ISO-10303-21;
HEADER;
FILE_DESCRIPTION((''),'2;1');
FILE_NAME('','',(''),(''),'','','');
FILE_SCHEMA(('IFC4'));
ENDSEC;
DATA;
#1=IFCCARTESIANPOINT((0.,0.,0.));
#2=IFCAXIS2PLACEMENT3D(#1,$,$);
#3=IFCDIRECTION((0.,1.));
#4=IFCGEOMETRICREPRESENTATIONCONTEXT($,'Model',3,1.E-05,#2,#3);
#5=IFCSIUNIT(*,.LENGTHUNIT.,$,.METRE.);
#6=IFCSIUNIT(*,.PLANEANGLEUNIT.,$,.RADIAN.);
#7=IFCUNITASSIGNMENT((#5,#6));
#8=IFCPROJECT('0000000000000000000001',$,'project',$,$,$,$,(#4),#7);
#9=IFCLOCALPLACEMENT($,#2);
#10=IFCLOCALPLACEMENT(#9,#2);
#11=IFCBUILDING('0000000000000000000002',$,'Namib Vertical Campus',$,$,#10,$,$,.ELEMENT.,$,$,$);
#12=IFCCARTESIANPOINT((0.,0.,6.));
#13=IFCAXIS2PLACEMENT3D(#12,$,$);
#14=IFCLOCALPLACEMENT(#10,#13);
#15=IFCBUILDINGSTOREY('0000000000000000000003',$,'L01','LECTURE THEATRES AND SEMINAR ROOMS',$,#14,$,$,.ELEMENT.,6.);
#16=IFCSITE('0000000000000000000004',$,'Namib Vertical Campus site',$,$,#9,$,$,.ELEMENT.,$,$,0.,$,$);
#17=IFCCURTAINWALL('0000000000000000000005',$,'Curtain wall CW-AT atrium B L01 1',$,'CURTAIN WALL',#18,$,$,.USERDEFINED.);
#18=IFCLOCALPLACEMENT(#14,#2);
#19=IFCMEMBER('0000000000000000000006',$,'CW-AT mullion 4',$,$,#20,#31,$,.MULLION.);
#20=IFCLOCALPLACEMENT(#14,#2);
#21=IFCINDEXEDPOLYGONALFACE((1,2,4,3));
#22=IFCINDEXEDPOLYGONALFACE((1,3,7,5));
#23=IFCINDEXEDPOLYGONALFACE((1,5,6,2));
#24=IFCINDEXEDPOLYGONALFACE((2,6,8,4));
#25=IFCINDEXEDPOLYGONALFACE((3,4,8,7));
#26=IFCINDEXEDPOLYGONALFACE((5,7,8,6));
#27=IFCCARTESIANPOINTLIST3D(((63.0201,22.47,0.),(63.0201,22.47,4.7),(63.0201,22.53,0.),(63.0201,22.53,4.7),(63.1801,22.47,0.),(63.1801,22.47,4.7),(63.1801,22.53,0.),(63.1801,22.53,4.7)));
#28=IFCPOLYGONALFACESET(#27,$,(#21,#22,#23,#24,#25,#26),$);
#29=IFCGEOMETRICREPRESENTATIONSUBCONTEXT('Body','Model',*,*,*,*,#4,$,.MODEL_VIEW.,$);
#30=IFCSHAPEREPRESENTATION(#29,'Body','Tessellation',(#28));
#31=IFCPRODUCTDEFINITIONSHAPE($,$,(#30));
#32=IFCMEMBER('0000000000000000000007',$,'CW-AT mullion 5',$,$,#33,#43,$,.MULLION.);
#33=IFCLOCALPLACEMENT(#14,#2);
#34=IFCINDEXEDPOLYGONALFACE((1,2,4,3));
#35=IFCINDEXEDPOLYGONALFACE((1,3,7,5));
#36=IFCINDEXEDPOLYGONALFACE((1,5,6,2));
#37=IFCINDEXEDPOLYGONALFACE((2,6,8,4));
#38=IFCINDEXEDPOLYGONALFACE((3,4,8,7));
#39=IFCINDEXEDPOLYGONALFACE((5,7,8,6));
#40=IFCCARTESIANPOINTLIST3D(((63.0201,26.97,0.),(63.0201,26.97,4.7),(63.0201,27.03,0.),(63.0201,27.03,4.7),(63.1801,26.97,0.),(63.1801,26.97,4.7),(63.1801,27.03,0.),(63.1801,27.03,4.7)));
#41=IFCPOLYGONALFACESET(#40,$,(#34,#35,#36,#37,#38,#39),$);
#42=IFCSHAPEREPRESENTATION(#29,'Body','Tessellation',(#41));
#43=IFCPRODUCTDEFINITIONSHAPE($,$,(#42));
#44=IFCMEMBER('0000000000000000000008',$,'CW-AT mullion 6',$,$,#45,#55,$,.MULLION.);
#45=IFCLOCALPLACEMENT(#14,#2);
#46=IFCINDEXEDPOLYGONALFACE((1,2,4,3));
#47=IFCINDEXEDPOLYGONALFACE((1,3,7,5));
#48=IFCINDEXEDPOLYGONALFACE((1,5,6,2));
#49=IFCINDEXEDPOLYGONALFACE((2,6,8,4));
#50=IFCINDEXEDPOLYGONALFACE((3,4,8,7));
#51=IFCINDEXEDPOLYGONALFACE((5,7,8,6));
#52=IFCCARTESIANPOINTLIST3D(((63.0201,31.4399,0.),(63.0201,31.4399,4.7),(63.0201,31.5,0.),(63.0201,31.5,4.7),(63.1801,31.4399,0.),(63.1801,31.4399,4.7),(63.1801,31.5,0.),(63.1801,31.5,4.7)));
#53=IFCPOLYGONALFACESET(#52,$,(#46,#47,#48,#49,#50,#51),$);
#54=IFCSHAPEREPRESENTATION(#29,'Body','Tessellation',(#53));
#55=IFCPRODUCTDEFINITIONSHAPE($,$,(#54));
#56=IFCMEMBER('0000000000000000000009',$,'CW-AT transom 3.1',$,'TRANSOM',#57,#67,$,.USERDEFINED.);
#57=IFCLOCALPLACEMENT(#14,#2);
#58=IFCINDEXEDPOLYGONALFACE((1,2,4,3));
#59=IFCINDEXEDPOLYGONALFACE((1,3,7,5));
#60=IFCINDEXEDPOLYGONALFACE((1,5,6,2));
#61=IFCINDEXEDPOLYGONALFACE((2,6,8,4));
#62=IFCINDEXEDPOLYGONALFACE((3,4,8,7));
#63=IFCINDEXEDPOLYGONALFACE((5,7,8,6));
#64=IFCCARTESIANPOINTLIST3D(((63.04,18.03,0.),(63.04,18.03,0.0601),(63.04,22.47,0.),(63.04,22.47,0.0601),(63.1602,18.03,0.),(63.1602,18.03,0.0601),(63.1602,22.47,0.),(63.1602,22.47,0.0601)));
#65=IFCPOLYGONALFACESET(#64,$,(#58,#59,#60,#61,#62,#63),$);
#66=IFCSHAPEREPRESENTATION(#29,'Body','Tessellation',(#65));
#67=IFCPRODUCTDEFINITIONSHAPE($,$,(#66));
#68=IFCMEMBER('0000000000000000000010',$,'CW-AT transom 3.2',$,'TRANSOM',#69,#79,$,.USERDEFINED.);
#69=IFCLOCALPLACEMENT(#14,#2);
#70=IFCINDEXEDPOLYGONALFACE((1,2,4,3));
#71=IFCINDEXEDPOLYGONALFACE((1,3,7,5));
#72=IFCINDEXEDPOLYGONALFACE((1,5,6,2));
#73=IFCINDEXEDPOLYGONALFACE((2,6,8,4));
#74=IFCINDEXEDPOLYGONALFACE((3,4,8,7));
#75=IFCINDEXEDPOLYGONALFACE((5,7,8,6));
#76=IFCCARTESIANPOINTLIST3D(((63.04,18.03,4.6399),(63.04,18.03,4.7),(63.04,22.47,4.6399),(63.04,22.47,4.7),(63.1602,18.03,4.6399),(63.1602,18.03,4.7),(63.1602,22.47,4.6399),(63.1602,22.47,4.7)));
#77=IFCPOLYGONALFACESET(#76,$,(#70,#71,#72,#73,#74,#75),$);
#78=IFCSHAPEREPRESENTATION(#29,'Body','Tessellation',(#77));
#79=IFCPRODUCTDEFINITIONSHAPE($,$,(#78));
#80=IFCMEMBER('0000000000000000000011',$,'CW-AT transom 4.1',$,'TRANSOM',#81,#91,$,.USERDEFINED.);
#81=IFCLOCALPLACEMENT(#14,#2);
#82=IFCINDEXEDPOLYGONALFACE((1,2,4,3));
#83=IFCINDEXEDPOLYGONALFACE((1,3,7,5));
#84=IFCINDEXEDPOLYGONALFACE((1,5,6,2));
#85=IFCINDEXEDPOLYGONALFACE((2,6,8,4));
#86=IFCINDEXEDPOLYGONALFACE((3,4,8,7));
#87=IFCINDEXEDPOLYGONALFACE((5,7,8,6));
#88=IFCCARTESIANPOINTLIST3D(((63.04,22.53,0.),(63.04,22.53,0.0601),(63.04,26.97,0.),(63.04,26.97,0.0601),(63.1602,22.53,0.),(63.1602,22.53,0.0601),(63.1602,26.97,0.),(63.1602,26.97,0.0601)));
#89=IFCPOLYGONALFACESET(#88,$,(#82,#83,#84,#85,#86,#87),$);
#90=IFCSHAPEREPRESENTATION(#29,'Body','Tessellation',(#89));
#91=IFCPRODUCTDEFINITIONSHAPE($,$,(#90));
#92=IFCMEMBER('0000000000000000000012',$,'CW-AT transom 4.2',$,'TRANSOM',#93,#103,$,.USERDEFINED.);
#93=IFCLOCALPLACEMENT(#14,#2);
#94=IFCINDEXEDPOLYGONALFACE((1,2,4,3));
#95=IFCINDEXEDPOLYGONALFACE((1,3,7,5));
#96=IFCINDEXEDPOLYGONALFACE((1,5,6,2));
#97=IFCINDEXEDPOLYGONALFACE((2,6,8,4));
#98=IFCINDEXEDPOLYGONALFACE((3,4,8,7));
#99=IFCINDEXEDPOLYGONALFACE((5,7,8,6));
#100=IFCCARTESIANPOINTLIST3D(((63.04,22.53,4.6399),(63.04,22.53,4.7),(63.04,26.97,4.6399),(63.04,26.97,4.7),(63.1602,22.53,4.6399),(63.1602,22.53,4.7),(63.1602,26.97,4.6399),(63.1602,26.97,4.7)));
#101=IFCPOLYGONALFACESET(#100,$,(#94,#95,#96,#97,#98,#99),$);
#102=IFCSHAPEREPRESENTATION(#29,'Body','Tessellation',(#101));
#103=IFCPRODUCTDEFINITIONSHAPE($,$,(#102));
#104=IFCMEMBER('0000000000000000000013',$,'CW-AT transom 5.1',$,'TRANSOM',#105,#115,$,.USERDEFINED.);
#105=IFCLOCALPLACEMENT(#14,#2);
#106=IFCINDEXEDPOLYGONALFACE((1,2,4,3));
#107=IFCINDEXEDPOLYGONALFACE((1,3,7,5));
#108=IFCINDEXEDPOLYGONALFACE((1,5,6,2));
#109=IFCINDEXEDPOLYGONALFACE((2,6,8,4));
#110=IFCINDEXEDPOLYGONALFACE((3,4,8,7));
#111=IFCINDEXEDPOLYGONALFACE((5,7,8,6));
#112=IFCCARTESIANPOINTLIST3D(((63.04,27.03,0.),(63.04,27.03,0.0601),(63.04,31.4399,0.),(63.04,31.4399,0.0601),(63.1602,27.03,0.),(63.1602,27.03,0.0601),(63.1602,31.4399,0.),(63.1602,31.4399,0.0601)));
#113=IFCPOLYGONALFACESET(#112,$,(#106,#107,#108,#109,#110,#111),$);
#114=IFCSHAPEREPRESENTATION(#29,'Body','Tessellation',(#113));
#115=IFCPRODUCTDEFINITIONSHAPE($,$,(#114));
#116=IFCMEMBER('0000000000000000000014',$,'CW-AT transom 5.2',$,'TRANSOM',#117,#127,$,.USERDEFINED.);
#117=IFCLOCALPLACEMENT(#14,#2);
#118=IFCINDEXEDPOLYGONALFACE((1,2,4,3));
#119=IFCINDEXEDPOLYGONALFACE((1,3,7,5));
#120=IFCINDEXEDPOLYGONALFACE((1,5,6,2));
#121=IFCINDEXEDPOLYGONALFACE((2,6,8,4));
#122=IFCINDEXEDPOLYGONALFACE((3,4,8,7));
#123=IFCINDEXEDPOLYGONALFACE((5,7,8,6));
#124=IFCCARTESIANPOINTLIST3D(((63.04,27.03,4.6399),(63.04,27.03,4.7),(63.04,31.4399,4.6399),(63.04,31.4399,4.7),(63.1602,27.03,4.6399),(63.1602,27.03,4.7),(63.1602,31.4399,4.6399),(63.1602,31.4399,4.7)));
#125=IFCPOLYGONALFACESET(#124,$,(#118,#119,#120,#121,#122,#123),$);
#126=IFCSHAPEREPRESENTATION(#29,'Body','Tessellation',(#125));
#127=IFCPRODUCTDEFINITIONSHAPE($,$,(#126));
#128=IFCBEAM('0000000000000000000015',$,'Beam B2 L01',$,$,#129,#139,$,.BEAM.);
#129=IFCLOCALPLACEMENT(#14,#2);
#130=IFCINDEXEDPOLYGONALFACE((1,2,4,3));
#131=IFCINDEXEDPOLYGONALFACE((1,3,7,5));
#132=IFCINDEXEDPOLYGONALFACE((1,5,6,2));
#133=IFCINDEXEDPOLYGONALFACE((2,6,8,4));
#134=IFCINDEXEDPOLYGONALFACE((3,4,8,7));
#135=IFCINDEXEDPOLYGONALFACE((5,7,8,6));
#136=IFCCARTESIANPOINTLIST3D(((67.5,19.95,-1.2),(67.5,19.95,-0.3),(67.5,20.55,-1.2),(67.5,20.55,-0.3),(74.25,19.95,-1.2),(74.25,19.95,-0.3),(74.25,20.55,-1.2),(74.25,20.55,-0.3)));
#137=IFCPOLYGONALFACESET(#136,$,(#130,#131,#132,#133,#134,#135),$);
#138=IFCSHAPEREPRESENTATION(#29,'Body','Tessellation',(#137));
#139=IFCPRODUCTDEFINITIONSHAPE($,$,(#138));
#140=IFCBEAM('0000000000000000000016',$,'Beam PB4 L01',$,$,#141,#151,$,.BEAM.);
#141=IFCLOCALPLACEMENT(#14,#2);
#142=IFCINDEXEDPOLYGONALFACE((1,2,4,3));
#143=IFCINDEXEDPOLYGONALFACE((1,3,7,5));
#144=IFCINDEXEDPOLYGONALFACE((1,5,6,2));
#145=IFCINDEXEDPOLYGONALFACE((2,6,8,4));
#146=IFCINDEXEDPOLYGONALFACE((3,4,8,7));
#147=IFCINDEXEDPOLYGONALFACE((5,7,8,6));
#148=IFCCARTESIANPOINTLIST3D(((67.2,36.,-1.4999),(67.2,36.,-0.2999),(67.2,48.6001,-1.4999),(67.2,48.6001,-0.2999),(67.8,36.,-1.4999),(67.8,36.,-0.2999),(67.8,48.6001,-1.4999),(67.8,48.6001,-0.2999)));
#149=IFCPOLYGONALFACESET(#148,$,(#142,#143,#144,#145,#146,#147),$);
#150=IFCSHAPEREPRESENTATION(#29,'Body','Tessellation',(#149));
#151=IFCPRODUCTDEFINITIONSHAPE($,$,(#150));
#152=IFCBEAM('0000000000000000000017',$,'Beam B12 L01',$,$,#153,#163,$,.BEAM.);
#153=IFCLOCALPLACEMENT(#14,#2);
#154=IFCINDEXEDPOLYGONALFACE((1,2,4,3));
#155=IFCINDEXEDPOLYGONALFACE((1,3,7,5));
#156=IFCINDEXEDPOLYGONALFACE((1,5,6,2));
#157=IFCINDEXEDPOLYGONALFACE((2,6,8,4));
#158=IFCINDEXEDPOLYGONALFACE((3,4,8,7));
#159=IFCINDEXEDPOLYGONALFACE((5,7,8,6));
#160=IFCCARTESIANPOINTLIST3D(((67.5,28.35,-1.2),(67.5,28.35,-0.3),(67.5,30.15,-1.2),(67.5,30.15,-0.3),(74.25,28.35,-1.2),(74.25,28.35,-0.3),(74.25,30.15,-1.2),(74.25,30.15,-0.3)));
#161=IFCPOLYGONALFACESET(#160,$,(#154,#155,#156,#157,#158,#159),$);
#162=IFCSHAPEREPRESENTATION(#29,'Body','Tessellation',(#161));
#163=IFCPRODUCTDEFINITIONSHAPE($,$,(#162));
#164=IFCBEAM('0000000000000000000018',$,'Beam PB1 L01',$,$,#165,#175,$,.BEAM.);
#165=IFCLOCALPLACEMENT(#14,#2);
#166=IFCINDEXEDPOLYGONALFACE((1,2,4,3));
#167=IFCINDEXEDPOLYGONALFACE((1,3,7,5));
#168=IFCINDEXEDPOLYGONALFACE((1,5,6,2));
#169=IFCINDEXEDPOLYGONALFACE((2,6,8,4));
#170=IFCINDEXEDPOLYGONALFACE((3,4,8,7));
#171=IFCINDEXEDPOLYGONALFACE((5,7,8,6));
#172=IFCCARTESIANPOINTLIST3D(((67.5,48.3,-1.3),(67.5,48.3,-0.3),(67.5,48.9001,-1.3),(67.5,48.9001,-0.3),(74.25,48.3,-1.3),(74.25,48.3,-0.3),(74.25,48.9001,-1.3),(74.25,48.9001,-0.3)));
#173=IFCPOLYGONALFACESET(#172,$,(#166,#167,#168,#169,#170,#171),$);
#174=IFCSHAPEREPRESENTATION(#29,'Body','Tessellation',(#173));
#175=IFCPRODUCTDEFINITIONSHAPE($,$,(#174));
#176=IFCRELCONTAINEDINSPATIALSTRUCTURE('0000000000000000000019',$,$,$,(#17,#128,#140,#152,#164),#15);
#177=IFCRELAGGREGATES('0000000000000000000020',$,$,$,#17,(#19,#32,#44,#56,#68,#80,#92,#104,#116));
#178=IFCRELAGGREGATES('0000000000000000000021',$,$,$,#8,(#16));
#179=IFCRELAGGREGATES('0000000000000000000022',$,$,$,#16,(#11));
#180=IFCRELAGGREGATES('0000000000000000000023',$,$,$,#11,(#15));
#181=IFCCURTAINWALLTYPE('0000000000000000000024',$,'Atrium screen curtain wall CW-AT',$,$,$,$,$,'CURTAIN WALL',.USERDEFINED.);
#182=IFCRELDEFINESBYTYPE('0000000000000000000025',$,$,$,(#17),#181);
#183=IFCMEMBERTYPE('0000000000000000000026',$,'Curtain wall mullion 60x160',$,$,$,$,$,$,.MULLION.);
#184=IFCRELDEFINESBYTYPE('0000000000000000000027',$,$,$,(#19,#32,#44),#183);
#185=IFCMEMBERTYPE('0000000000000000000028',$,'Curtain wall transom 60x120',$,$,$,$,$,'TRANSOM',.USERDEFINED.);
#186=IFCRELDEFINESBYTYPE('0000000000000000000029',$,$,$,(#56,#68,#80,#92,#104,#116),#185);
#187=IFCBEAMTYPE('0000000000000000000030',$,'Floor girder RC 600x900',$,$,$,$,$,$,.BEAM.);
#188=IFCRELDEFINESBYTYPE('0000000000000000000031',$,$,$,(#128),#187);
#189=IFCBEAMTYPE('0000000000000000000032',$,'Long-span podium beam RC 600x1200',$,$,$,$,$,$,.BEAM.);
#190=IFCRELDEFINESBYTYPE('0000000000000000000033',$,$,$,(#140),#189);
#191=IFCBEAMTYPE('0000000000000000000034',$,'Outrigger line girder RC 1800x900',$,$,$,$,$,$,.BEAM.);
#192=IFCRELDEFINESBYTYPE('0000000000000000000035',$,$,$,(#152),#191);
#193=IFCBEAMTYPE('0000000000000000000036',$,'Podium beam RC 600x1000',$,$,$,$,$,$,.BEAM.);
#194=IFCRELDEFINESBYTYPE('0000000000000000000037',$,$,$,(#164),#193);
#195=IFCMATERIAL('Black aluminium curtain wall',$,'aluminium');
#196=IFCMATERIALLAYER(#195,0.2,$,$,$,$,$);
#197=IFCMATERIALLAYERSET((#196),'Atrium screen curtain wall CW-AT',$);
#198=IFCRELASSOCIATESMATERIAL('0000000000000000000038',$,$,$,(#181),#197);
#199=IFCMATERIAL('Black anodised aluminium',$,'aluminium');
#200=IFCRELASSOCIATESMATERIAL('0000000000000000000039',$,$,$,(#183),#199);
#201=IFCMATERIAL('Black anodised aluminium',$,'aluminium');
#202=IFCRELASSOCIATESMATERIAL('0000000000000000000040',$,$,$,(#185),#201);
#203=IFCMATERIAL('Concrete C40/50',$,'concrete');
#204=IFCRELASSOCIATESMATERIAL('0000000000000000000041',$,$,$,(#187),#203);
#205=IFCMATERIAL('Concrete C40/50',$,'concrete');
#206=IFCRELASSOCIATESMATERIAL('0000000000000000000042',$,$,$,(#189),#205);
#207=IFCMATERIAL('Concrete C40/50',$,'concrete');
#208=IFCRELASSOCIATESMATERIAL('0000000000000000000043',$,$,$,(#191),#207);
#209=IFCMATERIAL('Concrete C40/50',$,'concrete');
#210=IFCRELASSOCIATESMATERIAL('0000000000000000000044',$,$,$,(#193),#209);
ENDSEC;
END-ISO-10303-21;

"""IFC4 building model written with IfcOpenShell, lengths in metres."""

from ifc_helpers import new_model, si_unit, direction, frame, origin, origin_2d, place, context, subcontext, project, spatial, rectangle, extrude, material, layer, layer_set, material_profile, profile_set, type_object, element, aggregate, save


model = new_model("IFC4")

# Units and contexts
model_context = context("Model", 3, precision=1e-05, world=origin(), true_north=direction((0.0, 1.0)))
body_context = subcontext(model_context, "Body", "Model", "MODEL_VIEW")
ifc_project = project(units=[si_unit("LENGTHUNIT", "METRE"), si_unit("PLANEANGLEUNIT", "RADIAN")], contexts=[model_context])

# Site, building, storey
site_placement = place(None, origin())
site = spatial("IfcSite", under=ifc_project, at=site_placement, Name="Namib Vertical Campus site", CompositionType="ELEMENT", RefElevation=0.0)
building_placement = place(site_placement, origin())
building = spatial("IfcBuilding", under=site, at=building_placement, Name="Namib Vertical Campus", CompositionType="ELEMENT")
storey_placement = place(building_placement, frame((0.0, 0.0, 6.0)))
storey = spatial("IfcBuildingStorey", under=building, at=storey_placement, Name="L01", Description="LECTURE THEATRES AND SEMINAR ROOMS", CompositionType="ELEMENT", Elevation=6.0)

# Curtain wall, members
ifc_material_1 = material(Name="Black aluminium curtain wall", Category="aluminium")
ifc_layer_1 = layer(ifc_material_1, 0.2)
ifc_layer_set_1 = layer_set([ifc_layer_1], Name="Atrium screen curtain wall CW-AT")
curtain_wall_type = type_object("IfcCurtainWallType", Name="Atrium screen curtain wall CW-AT", ElementType="CURTAIN WALL", PredefinedType="USERDEFINED", material=ifc_layer_set_1)
curtain_wall_placement = place(storey_placement, origin())
curtain_wall = element("IfcCurtainWall", 1, at=curtain_wall_placement, inside=storey, type_object=curtain_wall_type, Name="Curtain wall CW-AT atrium B L01 1", ObjectType="CURTAIN WALL", PredefinedType="USERDEFINED")
ifc_material_2 = material(Name="Black anodised aluminium", Category="aluminium")
ifc_material_profile_1 = material_profile(ifc_material_2, rectangle(XDim=0.0601, YDim=0.1599, at=origin_2d()))
ifc_profile_set_1 = profile_set([ifc_material_profile_1], Name="Black anodised aluminium")
member_type_1 = type_object("IfcMemberType", Name="Curtain wall mullion 60x160", PredefinedType="MULLION", material=ifc_profile_set_1)
member_1_placement = place(storey_placement, frame((63.1001, 22.5, 0.0), z_axis=(0.0, 0.0, 1.0), x_axis=(0.0, 1.0, 0.0)))
member_1 = element("IfcMember", 2, at=member_1_placement, type_object=member_type_1, Name="CW-AT mullion 4", PredefinedType="MULLION", context=body_context, shape_type="SweptSolid", body=[
    extrude(rectangle(XDim=0.0601, YDim=0.1599, at=origin_2d()), origin(), (0.0, 0.0, 1.0), 4.7),
])
member_2_placement = place(storey_placement, frame((63.1001, 27.0, 0.0), z_axis=(0.0, 0.0, 1.0), x_axis=(0.0, 1.0, 0.0)))
member_2 = element("IfcMember", 3, at=member_2_placement, type_object=member_type_1, Name="CW-AT mullion 5", PredefinedType="MULLION", context=body_context, shape_type="SweptSolid", body=[
    extrude(rectangle(XDim=0.0601, YDim=0.1599, at=origin_2d()), origin(), (0.0, 0.0, 1.0), 4.7),
])
member_3_placement = place(storey_placement, frame((63.1001, 31.47, 0.0), z_axis=(0.0, 0.0, 1.0), x_axis=(0.0, 1.0, 0.0)))
member_3 = element("IfcMember", 4, at=member_3_placement, type_object=member_type_1, Name="CW-AT mullion 6", PredefinedType="MULLION", context=body_context, shape_type="SweptSolid", body=[
    extrude(rectangle(XDim=0.0601, YDim=0.1599, at=origin_2d()), origin(), (0.0, 0.0, 1.0), 4.7),
])
ifc_material_3 = material(Name="Black anodised aluminium", Category="aluminium")
ifc_material_profile_2 = material_profile(ifc_material_3, rectangle(XDim=0.0601, YDim=0.1201, at=origin_2d()))
ifc_profile_set_2 = profile_set([ifc_material_profile_2], Name="Black anodised aluminium")
member_type_2 = type_object("IfcMemberType", Name="Curtain wall transom 60x120", ElementType="TRANSOM", PredefinedType="USERDEFINED", material=ifc_profile_set_2)
member_4_placement = place(storey_placement, frame((63.1001, 18.03, 0.03), z_axis=(0.0, 1.0, 0.0), x_axis=(0.0, 0.0, 1.0)))
member_4 = element("IfcMember", 5, at=member_4_placement, type_object=member_type_2, Name="CW-AT transom 3.1", ObjectType="TRANSOM", PredefinedType="USERDEFINED", context=body_context, shape_type="SweptSolid", body=[
    extrude(rectangle(XDim=0.0601, YDim=0.1201, at=origin_2d()), origin(), (0.0, 0.0, 1.0), 4.4399),
])
member_5_placement = place(storey_placement, frame((63.1001, 18.03, 4.6699), z_axis=(0.0, 1.0, 0.0), x_axis=(0.0, 0.0, 1.0)))
member_5 = element("IfcMember", 6, at=member_5_placement, type_object=member_type_2, Name="CW-AT transom 3.2", ObjectType="TRANSOM", PredefinedType="USERDEFINED", context=body_context, shape_type="SweptSolid", body=[
    extrude(rectangle(XDim=0.0601, YDim=0.1201, at=origin_2d()), origin(), (0.0, 0.0, 1.0), 4.4399),
])
member_6_placement = place(storey_placement, frame((63.1001, 22.53, 0.03), z_axis=(0.0, 1.0, 0.0), x_axis=(0.0, 0.0, 1.0)))
member_6 = element("IfcMember", 7, at=member_6_placement, type_object=member_type_2, Name="CW-AT transom 4.1", ObjectType="TRANSOM", PredefinedType="USERDEFINED", context=body_context, shape_type="SweptSolid", body=[
    extrude(rectangle(XDim=0.0601, YDim=0.1201, at=origin_2d()), origin(), (0.0, 0.0, 1.0), 4.4399),
])
member_7_placement = place(storey_placement, frame((63.1001, 22.53, 4.6699), z_axis=(0.0, 1.0, 0.0), x_axis=(0.0, 0.0, 1.0)))
member_7 = element("IfcMember", 8, at=member_7_placement, type_object=member_type_2, Name="CW-AT transom 4.2", ObjectType="TRANSOM", PredefinedType="USERDEFINED", context=body_context, shape_type="SweptSolid", body=[
    extrude(rectangle(XDim=0.0601, YDim=0.1201, at=origin_2d()), origin(), (0.0, 0.0, 1.0), 4.4399),
])
member_8_placement = place(storey_placement, frame((63.1001, 27.03, 0.03), z_axis=(0.0, 1.0, 0.0), x_axis=(0.0, 0.0, 1.0)))
member_8 = element("IfcMember", 9, at=member_8_placement, type_object=member_type_2, Name="CW-AT transom 5.1", ObjectType="TRANSOM", PredefinedType="USERDEFINED", context=body_context, shape_type="SweptSolid", body=[
    extrude(rectangle(XDim=0.0601, YDim=0.1201, at=origin_2d()), origin(), (0.0, 0.0, 1.0), 4.4099),
])
member_9_placement = place(storey_placement, frame((63.1001, 27.03, 4.6699), z_axis=(0.0, 1.0, 0.0), x_axis=(0.0, 0.0, 1.0)))
member_9 = element("IfcMember", 10, at=member_9_placement, type_object=member_type_2, Name="CW-AT transom 5.2", ObjectType="TRANSOM", PredefinedType="USERDEFINED", context=body_context, shape_type="SweptSolid", body=[
    extrude(rectangle(XDim=0.0601, YDim=0.1201, at=origin_2d()), origin(), (0.0, 0.0, 1.0), 4.4099),
])

# Beams
ifc_material_4 = material(Name="Concrete C40/50", Category="concrete")
ifc_material_profile_3 = material_profile(ifc_material_4, rectangle(XDim=0.6001, YDim=0.8999, at=origin_2d()))
ifc_profile_set_3 = profile_set([ifc_material_profile_3], Name="Concrete C40/50")
beam_type_1 = type_object("IfcBeamType", Name="Floor girder RC 600x900", PredefinedType="BEAM", material=ifc_profile_set_3)
beam_1_placement = place(storey_placement, frame((67.5, 20.25, -0.75), z_axis=(1.0, 0.0, 0.0), x_axis=(0.0, 1.0, 0.0)))
element("IfcBeam", 11, at=beam_1_placement, inside=storey, type_object=beam_type_1, Name="Beam B2 L01", PredefinedType="BEAM", context=body_context, shape_type="SweptSolid", body=[
    extrude(rectangle(XDim=0.6001, YDim=0.8999, at=origin_2d()), origin(), (0.0, 0.0, 1.0), 6.75),
])
ifc_material_5 = material(Name="Concrete C40/50", Category="concrete")
ifc_material_profile_4 = material_profile(ifc_material_5, rectangle(XDim=0.6001, YDim=1.2, at=origin_2d()))
ifc_profile_set_4 = profile_set([ifc_material_profile_4], Name="Concrete C40/50")
beam_type_2 = type_object("IfcBeamType", Name="Long-span podium beam RC 600x1200", PredefinedType="BEAM", material=ifc_profile_set_4)
beam_2_placement = place(storey_placement, frame((67.5, 36.0, -0.8999), z_axis=(0.0, 1.0, 0.0), x_axis=(-1.0, 0.0, 0.0)))
element("IfcBeam", 12, at=beam_2_placement, inside=storey, type_object=beam_type_2, Name="Beam PB4 L01", PredefinedType="BEAM", context=body_context, shape_type="SweptSolid", body=[
    extrude(rectangle(XDim=0.6001, YDim=1.2, at=origin_2d()), origin(), (0.0, 0.0, 1.0), 12.6001),
])
ifc_material_6 = material(Name="Concrete C40/50", Category="concrete")
ifc_material_profile_5 = material_profile(ifc_material_6, rectangle(XDim=1.8, YDim=0.8999, at=origin_2d()))
ifc_profile_set_5 = profile_set([ifc_material_profile_5], Name="Concrete C40/50")
beam_type_3 = type_object("IfcBeamType", Name="Outrigger line girder RC 1800x900", PredefinedType="BEAM", material=ifc_profile_set_5)
beam_3_placement = place(storey_placement, frame((67.5, 29.25, -0.75), z_axis=(1.0, 0.0, 0.0), x_axis=(0.0, 1.0, 0.0)))
element("IfcBeam", 13, at=beam_3_placement, inside=storey, type_object=beam_type_3, Name="Beam B12 L01", PredefinedType="BEAM", context=body_context, shape_type="SweptSolid", body=[
    extrude(rectangle(XDim=1.8, YDim=0.8999, at=origin_2d()), origin(), (0.0, 0.0, 1.0), 6.75),
])
ifc_material_7 = material(Name="Concrete C40/50", Category="concrete")
ifc_material_profile_6 = material_profile(ifc_material_7, rectangle(XDim=0.6001, YDim=1.0, at=origin_2d()))
ifc_profile_set_6 = profile_set([ifc_material_profile_6], Name="Concrete C40/50")
beam_type_4 = type_object("IfcBeamType", Name="Podium beam RC 600x1000", PredefinedType="BEAM", material=ifc_profile_set_6)
beam_4_placement = place(storey_placement, frame((67.5, 48.6001, -0.8), z_axis=(1.0, 0.0, 0.0), x_axis=(0.0, 1.0, 0.0)))
element("IfcBeam", 14, at=beam_4_placement, inside=storey, type_object=beam_type_4, Name="Beam PB1 L01", PredefinedType="BEAM", context=body_context, shape_type="SweptSolid", body=[
    extrude(rectangle(XDim=0.6001, YDim=1.0, at=origin_2d()), origin(), (0.0, 0.0, 1.0), 6.75),
])

aggregate(curtain_wall, [member_1, member_2, member_3, member_4, member_5, member_6, member_7, member_8, member_9])

save(model, "model.ifc")
